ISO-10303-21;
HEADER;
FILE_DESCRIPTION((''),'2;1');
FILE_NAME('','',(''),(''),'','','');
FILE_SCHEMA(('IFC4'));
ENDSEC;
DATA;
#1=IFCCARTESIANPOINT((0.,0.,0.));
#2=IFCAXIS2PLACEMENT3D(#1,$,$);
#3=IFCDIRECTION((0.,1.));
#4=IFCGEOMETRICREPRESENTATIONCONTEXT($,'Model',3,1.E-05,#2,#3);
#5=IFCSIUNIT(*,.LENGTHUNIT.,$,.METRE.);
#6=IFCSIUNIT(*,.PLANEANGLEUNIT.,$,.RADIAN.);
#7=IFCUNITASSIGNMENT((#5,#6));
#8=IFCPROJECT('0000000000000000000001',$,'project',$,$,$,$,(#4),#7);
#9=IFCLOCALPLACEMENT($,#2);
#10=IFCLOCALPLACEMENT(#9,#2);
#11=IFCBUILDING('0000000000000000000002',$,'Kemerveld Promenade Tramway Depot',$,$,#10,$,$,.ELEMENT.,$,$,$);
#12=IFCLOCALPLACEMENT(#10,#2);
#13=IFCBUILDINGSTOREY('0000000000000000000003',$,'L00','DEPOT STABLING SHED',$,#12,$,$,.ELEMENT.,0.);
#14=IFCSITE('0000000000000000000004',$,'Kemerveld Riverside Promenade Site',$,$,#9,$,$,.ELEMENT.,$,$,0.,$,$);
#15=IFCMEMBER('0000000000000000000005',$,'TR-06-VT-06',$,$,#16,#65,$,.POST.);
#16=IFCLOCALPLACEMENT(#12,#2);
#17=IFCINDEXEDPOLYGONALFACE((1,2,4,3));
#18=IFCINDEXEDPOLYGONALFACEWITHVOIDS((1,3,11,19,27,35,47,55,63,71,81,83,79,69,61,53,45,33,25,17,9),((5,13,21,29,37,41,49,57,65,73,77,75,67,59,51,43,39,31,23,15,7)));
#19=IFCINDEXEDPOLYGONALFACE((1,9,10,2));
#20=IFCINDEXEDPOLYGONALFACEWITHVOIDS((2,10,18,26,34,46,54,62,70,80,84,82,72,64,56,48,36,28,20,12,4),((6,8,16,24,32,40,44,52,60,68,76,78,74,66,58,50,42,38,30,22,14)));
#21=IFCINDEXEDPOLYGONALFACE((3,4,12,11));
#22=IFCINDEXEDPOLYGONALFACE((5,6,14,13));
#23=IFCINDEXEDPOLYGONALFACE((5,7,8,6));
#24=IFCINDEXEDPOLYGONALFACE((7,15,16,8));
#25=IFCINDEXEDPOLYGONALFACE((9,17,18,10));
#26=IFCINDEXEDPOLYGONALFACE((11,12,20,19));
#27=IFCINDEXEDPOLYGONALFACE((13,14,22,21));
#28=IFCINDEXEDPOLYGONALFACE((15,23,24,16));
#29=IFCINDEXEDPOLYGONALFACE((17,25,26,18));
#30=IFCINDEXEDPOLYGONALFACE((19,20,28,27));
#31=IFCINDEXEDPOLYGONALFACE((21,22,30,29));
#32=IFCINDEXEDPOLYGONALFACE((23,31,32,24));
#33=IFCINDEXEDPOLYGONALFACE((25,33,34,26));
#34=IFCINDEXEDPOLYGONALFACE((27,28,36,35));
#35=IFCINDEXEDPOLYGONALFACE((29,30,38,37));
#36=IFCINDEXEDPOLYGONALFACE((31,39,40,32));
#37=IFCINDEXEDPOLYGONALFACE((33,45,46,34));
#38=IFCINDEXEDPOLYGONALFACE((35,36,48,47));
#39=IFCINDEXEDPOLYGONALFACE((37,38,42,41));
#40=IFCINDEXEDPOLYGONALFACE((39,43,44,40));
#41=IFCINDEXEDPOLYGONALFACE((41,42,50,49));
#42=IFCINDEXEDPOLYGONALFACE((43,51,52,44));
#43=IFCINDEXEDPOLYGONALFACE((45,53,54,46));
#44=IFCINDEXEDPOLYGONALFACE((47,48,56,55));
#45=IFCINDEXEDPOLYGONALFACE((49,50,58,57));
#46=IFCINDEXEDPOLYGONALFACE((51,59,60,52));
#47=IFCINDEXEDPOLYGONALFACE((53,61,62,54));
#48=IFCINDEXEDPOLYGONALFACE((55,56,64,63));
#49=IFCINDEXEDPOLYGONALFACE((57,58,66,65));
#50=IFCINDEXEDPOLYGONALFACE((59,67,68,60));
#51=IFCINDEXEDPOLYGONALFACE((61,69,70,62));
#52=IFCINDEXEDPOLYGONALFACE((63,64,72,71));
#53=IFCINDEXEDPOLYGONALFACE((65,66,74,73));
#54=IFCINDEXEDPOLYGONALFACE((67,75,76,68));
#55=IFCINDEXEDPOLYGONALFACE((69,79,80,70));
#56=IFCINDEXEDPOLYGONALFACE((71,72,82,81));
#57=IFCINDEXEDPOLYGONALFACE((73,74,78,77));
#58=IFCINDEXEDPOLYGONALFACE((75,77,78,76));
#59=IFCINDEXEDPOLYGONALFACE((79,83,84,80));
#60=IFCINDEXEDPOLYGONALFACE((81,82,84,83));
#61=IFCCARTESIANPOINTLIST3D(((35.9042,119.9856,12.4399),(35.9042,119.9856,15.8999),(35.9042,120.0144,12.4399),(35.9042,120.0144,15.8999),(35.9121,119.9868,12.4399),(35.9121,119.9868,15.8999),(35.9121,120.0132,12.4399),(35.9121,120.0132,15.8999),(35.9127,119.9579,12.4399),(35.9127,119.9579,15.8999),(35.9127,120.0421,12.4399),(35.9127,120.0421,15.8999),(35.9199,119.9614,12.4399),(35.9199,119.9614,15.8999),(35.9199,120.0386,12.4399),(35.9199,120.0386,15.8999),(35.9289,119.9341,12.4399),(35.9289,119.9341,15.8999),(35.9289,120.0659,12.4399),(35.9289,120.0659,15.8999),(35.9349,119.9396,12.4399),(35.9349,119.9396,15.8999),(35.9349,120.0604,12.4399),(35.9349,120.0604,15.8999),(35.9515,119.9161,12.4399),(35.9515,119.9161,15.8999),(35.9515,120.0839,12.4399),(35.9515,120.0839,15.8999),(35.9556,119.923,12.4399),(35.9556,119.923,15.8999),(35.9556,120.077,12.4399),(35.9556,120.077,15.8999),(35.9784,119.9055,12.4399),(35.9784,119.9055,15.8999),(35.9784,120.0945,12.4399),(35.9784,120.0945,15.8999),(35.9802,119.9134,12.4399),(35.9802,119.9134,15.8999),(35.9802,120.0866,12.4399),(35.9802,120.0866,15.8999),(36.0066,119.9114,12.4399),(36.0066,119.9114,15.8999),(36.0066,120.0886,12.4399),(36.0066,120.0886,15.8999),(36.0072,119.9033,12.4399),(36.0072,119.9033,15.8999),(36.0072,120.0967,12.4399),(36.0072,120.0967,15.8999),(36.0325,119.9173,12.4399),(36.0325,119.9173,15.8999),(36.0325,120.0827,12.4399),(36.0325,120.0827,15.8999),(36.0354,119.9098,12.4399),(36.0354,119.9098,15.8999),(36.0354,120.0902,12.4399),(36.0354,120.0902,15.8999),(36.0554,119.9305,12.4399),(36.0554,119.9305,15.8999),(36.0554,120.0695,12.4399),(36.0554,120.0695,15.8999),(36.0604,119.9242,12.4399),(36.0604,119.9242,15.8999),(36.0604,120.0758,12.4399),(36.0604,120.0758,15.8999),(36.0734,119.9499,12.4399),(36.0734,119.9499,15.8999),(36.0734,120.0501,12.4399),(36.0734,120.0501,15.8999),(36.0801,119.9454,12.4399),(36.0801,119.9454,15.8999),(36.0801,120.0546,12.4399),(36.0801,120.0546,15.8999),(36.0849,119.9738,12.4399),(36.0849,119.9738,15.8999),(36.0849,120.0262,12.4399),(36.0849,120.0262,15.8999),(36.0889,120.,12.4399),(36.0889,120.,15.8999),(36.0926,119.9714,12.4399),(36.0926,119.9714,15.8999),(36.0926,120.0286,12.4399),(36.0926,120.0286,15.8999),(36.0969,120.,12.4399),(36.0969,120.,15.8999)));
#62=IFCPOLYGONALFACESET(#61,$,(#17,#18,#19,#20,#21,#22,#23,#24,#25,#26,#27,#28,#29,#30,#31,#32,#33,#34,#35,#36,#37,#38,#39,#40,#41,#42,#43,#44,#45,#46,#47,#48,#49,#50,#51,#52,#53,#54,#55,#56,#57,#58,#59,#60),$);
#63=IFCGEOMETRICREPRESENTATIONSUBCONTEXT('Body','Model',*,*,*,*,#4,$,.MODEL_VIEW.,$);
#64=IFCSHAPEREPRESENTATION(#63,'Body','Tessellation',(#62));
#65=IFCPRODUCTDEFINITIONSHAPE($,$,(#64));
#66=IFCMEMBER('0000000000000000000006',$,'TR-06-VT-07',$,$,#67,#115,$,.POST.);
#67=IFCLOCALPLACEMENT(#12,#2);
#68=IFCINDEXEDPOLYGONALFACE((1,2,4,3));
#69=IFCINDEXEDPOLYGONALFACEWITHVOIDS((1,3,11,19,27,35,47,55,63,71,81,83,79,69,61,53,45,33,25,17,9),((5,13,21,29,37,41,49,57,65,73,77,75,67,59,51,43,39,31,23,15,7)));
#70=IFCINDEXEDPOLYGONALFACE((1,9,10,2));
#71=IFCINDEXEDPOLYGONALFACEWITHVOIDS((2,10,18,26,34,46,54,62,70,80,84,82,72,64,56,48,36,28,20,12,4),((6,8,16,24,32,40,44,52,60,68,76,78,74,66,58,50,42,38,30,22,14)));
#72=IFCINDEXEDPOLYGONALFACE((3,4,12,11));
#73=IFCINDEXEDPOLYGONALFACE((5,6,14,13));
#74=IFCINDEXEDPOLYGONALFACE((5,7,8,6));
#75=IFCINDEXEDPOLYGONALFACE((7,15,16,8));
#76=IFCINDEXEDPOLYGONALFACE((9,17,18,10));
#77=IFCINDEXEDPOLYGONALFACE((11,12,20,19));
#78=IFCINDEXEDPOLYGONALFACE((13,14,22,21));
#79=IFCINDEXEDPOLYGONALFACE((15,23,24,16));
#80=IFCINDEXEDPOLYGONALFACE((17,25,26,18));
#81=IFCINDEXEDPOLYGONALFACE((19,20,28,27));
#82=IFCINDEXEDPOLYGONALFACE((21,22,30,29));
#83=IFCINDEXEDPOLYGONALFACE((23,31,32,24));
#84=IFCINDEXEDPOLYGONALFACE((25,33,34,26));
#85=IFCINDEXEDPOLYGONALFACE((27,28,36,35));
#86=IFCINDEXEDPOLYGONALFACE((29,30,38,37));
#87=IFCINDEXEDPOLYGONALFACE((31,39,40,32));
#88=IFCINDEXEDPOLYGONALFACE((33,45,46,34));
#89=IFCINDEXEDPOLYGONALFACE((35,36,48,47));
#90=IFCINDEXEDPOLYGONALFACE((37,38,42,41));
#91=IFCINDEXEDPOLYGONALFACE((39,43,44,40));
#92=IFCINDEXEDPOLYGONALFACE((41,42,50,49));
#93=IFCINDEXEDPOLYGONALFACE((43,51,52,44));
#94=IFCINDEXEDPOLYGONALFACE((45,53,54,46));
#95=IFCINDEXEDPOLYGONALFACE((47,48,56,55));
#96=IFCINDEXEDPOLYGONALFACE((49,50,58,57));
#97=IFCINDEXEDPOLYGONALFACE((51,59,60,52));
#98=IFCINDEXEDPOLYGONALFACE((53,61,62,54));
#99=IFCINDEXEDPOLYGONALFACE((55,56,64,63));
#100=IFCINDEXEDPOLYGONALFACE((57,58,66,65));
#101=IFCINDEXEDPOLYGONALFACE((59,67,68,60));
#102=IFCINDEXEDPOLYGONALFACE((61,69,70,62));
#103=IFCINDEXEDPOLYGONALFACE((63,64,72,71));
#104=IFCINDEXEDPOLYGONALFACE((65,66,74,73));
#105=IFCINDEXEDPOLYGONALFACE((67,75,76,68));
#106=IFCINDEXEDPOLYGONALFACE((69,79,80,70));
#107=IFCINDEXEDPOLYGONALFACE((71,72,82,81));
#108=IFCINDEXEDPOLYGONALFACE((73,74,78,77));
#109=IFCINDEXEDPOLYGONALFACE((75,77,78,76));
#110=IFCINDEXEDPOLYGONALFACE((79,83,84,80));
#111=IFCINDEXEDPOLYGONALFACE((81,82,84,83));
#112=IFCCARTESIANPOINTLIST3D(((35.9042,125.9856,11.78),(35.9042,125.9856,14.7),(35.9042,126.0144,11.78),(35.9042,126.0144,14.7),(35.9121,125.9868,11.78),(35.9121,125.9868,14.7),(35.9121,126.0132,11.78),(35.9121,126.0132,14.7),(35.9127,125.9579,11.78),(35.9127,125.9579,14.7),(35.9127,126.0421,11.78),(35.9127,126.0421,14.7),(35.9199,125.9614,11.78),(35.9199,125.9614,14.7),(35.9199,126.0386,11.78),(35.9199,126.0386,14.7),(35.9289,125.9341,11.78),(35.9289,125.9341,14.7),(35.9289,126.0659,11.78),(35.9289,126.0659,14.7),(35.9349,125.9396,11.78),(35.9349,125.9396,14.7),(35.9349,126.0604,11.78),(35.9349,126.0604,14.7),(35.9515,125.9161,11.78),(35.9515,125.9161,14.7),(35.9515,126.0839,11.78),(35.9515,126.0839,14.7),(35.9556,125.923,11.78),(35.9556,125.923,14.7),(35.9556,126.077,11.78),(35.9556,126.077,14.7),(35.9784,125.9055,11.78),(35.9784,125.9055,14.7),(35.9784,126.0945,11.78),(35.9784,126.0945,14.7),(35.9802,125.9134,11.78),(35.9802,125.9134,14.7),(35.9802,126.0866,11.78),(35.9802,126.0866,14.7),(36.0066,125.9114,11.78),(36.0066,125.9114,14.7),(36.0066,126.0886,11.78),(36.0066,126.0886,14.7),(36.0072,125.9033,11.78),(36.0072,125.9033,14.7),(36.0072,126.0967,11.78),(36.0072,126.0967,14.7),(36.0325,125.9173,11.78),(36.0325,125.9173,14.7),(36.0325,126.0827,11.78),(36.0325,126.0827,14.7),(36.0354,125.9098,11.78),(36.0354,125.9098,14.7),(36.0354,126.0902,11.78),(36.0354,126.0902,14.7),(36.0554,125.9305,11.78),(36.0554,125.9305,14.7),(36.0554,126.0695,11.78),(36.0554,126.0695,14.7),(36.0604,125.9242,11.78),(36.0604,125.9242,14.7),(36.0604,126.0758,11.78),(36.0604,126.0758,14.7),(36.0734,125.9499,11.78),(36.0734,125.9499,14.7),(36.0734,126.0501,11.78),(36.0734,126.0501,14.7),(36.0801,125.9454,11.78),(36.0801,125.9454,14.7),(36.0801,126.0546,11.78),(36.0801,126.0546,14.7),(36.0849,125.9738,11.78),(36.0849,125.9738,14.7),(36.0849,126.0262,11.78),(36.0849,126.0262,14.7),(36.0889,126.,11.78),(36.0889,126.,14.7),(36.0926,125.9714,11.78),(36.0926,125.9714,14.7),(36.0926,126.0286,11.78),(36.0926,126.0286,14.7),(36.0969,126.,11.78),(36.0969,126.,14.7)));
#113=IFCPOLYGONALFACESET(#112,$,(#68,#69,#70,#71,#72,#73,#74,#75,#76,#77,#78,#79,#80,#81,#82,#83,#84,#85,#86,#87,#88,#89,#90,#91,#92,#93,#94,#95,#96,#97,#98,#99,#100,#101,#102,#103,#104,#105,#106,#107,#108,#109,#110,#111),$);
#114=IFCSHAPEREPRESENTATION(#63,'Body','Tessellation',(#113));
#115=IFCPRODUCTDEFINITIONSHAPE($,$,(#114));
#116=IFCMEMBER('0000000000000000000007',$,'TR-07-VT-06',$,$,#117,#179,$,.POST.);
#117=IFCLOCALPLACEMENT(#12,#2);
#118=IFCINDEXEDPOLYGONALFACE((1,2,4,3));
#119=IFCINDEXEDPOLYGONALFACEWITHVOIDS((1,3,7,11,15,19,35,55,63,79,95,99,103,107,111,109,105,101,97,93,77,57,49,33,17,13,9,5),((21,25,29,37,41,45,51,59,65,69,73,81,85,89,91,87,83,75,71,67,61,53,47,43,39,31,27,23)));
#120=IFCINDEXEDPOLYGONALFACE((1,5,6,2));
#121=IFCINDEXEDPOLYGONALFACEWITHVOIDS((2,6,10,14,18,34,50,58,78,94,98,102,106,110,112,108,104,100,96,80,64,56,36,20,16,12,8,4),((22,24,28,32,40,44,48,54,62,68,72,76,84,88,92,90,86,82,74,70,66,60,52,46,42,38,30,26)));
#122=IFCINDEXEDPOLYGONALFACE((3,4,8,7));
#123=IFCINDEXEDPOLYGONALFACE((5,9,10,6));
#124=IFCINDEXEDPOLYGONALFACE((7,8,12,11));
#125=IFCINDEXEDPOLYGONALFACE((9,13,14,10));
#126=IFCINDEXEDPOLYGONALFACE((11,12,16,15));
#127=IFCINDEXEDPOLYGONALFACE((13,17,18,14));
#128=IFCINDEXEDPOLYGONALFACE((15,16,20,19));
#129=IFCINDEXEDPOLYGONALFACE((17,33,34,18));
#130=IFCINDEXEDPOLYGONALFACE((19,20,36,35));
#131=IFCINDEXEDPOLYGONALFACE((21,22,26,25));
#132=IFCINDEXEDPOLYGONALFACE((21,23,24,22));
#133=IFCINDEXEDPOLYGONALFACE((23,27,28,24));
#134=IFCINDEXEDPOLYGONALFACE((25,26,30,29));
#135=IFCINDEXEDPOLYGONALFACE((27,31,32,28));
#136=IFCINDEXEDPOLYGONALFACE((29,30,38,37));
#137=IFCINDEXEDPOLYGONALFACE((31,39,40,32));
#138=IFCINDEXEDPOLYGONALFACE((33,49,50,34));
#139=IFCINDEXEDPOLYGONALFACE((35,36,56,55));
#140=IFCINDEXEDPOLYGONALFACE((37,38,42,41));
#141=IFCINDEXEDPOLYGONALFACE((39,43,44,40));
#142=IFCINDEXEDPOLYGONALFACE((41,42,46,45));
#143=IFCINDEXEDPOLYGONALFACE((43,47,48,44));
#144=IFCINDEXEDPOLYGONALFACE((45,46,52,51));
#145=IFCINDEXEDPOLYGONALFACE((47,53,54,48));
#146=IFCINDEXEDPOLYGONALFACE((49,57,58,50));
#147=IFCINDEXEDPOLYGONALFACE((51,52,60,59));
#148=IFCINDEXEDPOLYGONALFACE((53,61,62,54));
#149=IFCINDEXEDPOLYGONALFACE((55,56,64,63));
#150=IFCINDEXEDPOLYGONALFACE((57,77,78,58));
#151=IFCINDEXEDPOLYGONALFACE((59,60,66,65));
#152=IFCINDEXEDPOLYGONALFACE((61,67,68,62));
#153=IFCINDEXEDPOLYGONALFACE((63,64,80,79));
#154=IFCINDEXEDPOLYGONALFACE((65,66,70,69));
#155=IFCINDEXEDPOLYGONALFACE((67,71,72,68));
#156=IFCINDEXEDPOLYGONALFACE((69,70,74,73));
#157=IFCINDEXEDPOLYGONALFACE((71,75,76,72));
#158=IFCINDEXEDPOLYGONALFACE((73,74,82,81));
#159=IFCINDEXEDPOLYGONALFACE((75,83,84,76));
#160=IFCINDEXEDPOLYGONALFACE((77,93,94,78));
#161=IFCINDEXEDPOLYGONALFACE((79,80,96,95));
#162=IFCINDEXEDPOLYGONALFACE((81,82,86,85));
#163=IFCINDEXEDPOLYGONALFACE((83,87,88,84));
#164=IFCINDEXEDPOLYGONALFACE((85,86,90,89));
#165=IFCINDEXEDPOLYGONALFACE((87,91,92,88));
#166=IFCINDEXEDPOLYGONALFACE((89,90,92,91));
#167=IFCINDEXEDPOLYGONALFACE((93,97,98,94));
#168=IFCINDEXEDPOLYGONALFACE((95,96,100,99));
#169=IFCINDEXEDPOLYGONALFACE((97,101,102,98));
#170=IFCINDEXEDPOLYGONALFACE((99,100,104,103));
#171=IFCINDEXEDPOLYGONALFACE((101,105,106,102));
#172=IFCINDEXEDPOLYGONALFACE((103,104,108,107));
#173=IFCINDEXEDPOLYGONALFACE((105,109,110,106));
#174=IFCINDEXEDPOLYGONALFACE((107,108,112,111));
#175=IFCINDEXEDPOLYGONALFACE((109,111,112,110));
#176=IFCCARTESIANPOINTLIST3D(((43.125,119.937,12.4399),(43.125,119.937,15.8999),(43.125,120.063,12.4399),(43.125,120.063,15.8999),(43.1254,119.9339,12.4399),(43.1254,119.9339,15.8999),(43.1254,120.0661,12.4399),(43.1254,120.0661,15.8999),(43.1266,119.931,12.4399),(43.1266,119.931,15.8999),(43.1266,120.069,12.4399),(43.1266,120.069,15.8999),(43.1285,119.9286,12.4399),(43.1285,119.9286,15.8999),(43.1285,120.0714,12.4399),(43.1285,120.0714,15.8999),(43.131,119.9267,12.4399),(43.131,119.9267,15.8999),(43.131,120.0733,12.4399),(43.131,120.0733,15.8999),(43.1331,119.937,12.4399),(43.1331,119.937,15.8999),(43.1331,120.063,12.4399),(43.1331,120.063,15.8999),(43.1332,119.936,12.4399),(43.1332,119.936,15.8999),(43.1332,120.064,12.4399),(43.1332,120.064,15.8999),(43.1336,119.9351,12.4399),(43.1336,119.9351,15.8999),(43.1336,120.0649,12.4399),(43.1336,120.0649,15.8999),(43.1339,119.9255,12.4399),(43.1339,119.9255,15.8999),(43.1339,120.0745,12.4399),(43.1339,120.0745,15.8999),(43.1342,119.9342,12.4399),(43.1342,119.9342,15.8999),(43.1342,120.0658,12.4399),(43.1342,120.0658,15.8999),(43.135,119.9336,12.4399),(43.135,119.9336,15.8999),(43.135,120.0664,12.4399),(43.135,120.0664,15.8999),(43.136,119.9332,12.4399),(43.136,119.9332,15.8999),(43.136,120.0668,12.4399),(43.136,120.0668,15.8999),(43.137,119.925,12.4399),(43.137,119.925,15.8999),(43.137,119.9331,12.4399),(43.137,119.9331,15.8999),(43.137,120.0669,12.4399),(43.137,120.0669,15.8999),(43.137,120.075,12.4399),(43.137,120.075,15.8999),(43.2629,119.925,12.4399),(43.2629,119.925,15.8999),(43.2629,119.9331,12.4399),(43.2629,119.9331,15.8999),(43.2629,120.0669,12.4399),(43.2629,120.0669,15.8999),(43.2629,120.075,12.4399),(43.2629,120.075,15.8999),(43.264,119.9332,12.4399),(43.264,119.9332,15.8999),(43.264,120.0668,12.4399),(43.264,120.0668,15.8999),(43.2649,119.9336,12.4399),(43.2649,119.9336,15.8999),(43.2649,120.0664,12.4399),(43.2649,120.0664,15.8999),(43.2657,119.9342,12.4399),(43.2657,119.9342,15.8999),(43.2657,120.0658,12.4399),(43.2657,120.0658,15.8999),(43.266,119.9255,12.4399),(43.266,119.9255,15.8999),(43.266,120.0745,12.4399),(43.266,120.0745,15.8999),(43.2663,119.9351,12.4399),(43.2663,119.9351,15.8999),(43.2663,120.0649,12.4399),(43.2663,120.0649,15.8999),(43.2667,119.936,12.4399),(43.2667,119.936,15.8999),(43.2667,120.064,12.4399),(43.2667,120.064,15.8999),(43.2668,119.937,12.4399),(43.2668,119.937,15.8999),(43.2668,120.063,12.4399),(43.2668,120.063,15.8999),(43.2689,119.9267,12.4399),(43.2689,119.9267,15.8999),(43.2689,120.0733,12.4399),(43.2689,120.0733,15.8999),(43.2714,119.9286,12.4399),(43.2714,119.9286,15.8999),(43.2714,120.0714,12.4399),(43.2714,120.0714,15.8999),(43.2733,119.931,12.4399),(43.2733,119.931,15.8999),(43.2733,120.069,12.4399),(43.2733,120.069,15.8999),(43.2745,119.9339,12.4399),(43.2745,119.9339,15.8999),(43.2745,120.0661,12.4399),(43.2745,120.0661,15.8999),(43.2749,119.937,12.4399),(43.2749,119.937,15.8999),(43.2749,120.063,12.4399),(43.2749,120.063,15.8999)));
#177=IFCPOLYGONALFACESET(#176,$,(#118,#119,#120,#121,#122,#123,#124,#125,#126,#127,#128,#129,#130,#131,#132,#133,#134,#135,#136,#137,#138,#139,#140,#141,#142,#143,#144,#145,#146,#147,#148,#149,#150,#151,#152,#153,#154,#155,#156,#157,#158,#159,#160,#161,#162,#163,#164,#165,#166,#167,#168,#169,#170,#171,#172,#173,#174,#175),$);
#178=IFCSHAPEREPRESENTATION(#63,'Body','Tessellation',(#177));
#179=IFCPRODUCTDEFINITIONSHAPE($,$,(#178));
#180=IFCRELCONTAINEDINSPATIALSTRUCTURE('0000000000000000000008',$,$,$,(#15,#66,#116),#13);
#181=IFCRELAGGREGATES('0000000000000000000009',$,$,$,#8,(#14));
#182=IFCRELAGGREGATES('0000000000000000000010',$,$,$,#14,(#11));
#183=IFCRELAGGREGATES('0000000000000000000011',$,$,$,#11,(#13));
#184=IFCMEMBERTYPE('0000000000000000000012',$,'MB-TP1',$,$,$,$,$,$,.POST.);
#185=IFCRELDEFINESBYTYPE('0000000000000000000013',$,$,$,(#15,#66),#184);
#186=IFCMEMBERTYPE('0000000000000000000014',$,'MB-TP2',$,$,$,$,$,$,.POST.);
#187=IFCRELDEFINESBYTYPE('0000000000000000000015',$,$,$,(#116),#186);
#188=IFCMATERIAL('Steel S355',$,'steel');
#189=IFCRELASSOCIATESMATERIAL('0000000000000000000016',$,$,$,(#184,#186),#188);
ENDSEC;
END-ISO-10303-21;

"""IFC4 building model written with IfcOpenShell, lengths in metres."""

from ifc_helpers import new_model, si_unit, direction, frame, origin, origin_2d, place, context, subcontext, project, spatial, hollow_rectangle, hollow_circle, extrude, material, material_profile, profile_set, type_object, element, save


model = new_model("IFC4")

# Units and contexts
model_context = context("Model", 3, precision=1e-05, world=origin(), true_north=direction((0.0, 1.0)))
body_context = subcontext(model_context, "Body", "Model", "MODEL_VIEW")
ifc_project = project(units=[si_unit("LENGTHUNIT", "METRE"), si_unit("PLANEANGLEUNIT", "RADIAN")], contexts=[model_context])

# Site, building, storey
site_placement = place(None, origin())
site = spatial("IfcSite", under=ifc_project, at=site_placement, Name="Kemerveld Riverside Promenade Site", CompositionType="ELEMENT", RefElevation=0.0)
building_placement = place(site_placement, origin())
building = spatial("IfcBuilding", under=site, at=building_placement, Name="Kemerveld Promenade Tramway Depot", CompositionType="ELEMENT")
storey_placement = place(building_placement, origin())
storey = spatial("IfcBuildingStorey", under=building, at=storey_placement, Name="L00", Description="DEPOT STABLING SHED", CompositionType="ELEMENT", Elevation=0.0)

# Members
ifc_material_1 = material(Name="Steel S355", Category="steel")
ifc_material_profile_1 = material_profile(ifc_material_1, hollow_circle(Radius=0.0969, WallThickness=0.0081, at=origin_2d()), Name="193.7x8.0 CHS")
ifc_profile_set_1 = profile_set([ifc_material_profile_1], Name="Steel S355")
member_type_1 = type_object("IfcMemberType", Name="MB-TP1", PredefinedType="POST", material=ifc_profile_set_1)
member_1_placement = place(storey_placement, frame((36.0, 120.0, 12.4399), z_axis=(0.0, 0.0, 1.0), x_axis=(1.0, 0.0, 0.0)))
element("IfcMember", 1, at=member_1_placement, inside=storey, type_object=member_type_1, Name="TR-06-VT-06", PredefinedType="POST", context=body_context, shape_type="SweptSolid", body=[
    extrude(hollow_circle(Radius=0.0969, WallThickness=0.0081, at=origin_2d()), origin(), (0.0, 0.0, 1.0), 3.46),
])
member_2_placement = place(storey_placement, frame((36.0, 126.0, 11.78), z_axis=(0.0, 0.0, 1.0), x_axis=(1.0, 0.0, 0.0)))
element("IfcMember", 2, at=member_2_placement, inside=storey, type_object=member_type_1, Name="TR-06-VT-07", PredefinedType="POST", context=body_context, shape_type="SweptSolid", body=[
    extrude(hollow_circle(Radius=0.0969, WallThickness=0.0081, at=origin_2d()), origin(), (0.0, 0.0, 1.0), 2.9199),
])
ifc_material_profile_2 = material_profile(ifc_material_1, hollow_rectangle(XDim=0.1499, YDim=0.1499, WallThickness=0.0081, InnerFilletRadius=0.0039, OuterFilletRadius=0.012, at=origin_2d()), Name="150x150x8.0 SHS")
ifc_profile_set_2 = profile_set([ifc_material_profile_2], Name="Steel S355")
member_type_2 = type_object("IfcMemberType", Name="MB-TP2", PredefinedType="POST", material=ifc_profile_set_2)
member_3_placement = place(storey_placement, frame((43.2, 120.0, 12.4399), z_axis=(0.0, 0.0, 1.0), x_axis=(1.0, 0.0, 0.0)))
element("IfcMember", 3, at=member_3_placement, inside=storey, type_object=member_type_2, Name="TR-07-VT-06", PredefinedType="POST", context=body_context, shape_type="SweptSolid", body=[
    extrude(hollow_rectangle(XDim=0.1499, YDim=0.1499, WallThickness=0.0081, InnerFilletRadius=0.0039, OuterFilletRadius=0.012, at=origin_2d()), origin(), (0.0, 0.0, 1.0), 3.46),
])

save(model, "model.ifc")
